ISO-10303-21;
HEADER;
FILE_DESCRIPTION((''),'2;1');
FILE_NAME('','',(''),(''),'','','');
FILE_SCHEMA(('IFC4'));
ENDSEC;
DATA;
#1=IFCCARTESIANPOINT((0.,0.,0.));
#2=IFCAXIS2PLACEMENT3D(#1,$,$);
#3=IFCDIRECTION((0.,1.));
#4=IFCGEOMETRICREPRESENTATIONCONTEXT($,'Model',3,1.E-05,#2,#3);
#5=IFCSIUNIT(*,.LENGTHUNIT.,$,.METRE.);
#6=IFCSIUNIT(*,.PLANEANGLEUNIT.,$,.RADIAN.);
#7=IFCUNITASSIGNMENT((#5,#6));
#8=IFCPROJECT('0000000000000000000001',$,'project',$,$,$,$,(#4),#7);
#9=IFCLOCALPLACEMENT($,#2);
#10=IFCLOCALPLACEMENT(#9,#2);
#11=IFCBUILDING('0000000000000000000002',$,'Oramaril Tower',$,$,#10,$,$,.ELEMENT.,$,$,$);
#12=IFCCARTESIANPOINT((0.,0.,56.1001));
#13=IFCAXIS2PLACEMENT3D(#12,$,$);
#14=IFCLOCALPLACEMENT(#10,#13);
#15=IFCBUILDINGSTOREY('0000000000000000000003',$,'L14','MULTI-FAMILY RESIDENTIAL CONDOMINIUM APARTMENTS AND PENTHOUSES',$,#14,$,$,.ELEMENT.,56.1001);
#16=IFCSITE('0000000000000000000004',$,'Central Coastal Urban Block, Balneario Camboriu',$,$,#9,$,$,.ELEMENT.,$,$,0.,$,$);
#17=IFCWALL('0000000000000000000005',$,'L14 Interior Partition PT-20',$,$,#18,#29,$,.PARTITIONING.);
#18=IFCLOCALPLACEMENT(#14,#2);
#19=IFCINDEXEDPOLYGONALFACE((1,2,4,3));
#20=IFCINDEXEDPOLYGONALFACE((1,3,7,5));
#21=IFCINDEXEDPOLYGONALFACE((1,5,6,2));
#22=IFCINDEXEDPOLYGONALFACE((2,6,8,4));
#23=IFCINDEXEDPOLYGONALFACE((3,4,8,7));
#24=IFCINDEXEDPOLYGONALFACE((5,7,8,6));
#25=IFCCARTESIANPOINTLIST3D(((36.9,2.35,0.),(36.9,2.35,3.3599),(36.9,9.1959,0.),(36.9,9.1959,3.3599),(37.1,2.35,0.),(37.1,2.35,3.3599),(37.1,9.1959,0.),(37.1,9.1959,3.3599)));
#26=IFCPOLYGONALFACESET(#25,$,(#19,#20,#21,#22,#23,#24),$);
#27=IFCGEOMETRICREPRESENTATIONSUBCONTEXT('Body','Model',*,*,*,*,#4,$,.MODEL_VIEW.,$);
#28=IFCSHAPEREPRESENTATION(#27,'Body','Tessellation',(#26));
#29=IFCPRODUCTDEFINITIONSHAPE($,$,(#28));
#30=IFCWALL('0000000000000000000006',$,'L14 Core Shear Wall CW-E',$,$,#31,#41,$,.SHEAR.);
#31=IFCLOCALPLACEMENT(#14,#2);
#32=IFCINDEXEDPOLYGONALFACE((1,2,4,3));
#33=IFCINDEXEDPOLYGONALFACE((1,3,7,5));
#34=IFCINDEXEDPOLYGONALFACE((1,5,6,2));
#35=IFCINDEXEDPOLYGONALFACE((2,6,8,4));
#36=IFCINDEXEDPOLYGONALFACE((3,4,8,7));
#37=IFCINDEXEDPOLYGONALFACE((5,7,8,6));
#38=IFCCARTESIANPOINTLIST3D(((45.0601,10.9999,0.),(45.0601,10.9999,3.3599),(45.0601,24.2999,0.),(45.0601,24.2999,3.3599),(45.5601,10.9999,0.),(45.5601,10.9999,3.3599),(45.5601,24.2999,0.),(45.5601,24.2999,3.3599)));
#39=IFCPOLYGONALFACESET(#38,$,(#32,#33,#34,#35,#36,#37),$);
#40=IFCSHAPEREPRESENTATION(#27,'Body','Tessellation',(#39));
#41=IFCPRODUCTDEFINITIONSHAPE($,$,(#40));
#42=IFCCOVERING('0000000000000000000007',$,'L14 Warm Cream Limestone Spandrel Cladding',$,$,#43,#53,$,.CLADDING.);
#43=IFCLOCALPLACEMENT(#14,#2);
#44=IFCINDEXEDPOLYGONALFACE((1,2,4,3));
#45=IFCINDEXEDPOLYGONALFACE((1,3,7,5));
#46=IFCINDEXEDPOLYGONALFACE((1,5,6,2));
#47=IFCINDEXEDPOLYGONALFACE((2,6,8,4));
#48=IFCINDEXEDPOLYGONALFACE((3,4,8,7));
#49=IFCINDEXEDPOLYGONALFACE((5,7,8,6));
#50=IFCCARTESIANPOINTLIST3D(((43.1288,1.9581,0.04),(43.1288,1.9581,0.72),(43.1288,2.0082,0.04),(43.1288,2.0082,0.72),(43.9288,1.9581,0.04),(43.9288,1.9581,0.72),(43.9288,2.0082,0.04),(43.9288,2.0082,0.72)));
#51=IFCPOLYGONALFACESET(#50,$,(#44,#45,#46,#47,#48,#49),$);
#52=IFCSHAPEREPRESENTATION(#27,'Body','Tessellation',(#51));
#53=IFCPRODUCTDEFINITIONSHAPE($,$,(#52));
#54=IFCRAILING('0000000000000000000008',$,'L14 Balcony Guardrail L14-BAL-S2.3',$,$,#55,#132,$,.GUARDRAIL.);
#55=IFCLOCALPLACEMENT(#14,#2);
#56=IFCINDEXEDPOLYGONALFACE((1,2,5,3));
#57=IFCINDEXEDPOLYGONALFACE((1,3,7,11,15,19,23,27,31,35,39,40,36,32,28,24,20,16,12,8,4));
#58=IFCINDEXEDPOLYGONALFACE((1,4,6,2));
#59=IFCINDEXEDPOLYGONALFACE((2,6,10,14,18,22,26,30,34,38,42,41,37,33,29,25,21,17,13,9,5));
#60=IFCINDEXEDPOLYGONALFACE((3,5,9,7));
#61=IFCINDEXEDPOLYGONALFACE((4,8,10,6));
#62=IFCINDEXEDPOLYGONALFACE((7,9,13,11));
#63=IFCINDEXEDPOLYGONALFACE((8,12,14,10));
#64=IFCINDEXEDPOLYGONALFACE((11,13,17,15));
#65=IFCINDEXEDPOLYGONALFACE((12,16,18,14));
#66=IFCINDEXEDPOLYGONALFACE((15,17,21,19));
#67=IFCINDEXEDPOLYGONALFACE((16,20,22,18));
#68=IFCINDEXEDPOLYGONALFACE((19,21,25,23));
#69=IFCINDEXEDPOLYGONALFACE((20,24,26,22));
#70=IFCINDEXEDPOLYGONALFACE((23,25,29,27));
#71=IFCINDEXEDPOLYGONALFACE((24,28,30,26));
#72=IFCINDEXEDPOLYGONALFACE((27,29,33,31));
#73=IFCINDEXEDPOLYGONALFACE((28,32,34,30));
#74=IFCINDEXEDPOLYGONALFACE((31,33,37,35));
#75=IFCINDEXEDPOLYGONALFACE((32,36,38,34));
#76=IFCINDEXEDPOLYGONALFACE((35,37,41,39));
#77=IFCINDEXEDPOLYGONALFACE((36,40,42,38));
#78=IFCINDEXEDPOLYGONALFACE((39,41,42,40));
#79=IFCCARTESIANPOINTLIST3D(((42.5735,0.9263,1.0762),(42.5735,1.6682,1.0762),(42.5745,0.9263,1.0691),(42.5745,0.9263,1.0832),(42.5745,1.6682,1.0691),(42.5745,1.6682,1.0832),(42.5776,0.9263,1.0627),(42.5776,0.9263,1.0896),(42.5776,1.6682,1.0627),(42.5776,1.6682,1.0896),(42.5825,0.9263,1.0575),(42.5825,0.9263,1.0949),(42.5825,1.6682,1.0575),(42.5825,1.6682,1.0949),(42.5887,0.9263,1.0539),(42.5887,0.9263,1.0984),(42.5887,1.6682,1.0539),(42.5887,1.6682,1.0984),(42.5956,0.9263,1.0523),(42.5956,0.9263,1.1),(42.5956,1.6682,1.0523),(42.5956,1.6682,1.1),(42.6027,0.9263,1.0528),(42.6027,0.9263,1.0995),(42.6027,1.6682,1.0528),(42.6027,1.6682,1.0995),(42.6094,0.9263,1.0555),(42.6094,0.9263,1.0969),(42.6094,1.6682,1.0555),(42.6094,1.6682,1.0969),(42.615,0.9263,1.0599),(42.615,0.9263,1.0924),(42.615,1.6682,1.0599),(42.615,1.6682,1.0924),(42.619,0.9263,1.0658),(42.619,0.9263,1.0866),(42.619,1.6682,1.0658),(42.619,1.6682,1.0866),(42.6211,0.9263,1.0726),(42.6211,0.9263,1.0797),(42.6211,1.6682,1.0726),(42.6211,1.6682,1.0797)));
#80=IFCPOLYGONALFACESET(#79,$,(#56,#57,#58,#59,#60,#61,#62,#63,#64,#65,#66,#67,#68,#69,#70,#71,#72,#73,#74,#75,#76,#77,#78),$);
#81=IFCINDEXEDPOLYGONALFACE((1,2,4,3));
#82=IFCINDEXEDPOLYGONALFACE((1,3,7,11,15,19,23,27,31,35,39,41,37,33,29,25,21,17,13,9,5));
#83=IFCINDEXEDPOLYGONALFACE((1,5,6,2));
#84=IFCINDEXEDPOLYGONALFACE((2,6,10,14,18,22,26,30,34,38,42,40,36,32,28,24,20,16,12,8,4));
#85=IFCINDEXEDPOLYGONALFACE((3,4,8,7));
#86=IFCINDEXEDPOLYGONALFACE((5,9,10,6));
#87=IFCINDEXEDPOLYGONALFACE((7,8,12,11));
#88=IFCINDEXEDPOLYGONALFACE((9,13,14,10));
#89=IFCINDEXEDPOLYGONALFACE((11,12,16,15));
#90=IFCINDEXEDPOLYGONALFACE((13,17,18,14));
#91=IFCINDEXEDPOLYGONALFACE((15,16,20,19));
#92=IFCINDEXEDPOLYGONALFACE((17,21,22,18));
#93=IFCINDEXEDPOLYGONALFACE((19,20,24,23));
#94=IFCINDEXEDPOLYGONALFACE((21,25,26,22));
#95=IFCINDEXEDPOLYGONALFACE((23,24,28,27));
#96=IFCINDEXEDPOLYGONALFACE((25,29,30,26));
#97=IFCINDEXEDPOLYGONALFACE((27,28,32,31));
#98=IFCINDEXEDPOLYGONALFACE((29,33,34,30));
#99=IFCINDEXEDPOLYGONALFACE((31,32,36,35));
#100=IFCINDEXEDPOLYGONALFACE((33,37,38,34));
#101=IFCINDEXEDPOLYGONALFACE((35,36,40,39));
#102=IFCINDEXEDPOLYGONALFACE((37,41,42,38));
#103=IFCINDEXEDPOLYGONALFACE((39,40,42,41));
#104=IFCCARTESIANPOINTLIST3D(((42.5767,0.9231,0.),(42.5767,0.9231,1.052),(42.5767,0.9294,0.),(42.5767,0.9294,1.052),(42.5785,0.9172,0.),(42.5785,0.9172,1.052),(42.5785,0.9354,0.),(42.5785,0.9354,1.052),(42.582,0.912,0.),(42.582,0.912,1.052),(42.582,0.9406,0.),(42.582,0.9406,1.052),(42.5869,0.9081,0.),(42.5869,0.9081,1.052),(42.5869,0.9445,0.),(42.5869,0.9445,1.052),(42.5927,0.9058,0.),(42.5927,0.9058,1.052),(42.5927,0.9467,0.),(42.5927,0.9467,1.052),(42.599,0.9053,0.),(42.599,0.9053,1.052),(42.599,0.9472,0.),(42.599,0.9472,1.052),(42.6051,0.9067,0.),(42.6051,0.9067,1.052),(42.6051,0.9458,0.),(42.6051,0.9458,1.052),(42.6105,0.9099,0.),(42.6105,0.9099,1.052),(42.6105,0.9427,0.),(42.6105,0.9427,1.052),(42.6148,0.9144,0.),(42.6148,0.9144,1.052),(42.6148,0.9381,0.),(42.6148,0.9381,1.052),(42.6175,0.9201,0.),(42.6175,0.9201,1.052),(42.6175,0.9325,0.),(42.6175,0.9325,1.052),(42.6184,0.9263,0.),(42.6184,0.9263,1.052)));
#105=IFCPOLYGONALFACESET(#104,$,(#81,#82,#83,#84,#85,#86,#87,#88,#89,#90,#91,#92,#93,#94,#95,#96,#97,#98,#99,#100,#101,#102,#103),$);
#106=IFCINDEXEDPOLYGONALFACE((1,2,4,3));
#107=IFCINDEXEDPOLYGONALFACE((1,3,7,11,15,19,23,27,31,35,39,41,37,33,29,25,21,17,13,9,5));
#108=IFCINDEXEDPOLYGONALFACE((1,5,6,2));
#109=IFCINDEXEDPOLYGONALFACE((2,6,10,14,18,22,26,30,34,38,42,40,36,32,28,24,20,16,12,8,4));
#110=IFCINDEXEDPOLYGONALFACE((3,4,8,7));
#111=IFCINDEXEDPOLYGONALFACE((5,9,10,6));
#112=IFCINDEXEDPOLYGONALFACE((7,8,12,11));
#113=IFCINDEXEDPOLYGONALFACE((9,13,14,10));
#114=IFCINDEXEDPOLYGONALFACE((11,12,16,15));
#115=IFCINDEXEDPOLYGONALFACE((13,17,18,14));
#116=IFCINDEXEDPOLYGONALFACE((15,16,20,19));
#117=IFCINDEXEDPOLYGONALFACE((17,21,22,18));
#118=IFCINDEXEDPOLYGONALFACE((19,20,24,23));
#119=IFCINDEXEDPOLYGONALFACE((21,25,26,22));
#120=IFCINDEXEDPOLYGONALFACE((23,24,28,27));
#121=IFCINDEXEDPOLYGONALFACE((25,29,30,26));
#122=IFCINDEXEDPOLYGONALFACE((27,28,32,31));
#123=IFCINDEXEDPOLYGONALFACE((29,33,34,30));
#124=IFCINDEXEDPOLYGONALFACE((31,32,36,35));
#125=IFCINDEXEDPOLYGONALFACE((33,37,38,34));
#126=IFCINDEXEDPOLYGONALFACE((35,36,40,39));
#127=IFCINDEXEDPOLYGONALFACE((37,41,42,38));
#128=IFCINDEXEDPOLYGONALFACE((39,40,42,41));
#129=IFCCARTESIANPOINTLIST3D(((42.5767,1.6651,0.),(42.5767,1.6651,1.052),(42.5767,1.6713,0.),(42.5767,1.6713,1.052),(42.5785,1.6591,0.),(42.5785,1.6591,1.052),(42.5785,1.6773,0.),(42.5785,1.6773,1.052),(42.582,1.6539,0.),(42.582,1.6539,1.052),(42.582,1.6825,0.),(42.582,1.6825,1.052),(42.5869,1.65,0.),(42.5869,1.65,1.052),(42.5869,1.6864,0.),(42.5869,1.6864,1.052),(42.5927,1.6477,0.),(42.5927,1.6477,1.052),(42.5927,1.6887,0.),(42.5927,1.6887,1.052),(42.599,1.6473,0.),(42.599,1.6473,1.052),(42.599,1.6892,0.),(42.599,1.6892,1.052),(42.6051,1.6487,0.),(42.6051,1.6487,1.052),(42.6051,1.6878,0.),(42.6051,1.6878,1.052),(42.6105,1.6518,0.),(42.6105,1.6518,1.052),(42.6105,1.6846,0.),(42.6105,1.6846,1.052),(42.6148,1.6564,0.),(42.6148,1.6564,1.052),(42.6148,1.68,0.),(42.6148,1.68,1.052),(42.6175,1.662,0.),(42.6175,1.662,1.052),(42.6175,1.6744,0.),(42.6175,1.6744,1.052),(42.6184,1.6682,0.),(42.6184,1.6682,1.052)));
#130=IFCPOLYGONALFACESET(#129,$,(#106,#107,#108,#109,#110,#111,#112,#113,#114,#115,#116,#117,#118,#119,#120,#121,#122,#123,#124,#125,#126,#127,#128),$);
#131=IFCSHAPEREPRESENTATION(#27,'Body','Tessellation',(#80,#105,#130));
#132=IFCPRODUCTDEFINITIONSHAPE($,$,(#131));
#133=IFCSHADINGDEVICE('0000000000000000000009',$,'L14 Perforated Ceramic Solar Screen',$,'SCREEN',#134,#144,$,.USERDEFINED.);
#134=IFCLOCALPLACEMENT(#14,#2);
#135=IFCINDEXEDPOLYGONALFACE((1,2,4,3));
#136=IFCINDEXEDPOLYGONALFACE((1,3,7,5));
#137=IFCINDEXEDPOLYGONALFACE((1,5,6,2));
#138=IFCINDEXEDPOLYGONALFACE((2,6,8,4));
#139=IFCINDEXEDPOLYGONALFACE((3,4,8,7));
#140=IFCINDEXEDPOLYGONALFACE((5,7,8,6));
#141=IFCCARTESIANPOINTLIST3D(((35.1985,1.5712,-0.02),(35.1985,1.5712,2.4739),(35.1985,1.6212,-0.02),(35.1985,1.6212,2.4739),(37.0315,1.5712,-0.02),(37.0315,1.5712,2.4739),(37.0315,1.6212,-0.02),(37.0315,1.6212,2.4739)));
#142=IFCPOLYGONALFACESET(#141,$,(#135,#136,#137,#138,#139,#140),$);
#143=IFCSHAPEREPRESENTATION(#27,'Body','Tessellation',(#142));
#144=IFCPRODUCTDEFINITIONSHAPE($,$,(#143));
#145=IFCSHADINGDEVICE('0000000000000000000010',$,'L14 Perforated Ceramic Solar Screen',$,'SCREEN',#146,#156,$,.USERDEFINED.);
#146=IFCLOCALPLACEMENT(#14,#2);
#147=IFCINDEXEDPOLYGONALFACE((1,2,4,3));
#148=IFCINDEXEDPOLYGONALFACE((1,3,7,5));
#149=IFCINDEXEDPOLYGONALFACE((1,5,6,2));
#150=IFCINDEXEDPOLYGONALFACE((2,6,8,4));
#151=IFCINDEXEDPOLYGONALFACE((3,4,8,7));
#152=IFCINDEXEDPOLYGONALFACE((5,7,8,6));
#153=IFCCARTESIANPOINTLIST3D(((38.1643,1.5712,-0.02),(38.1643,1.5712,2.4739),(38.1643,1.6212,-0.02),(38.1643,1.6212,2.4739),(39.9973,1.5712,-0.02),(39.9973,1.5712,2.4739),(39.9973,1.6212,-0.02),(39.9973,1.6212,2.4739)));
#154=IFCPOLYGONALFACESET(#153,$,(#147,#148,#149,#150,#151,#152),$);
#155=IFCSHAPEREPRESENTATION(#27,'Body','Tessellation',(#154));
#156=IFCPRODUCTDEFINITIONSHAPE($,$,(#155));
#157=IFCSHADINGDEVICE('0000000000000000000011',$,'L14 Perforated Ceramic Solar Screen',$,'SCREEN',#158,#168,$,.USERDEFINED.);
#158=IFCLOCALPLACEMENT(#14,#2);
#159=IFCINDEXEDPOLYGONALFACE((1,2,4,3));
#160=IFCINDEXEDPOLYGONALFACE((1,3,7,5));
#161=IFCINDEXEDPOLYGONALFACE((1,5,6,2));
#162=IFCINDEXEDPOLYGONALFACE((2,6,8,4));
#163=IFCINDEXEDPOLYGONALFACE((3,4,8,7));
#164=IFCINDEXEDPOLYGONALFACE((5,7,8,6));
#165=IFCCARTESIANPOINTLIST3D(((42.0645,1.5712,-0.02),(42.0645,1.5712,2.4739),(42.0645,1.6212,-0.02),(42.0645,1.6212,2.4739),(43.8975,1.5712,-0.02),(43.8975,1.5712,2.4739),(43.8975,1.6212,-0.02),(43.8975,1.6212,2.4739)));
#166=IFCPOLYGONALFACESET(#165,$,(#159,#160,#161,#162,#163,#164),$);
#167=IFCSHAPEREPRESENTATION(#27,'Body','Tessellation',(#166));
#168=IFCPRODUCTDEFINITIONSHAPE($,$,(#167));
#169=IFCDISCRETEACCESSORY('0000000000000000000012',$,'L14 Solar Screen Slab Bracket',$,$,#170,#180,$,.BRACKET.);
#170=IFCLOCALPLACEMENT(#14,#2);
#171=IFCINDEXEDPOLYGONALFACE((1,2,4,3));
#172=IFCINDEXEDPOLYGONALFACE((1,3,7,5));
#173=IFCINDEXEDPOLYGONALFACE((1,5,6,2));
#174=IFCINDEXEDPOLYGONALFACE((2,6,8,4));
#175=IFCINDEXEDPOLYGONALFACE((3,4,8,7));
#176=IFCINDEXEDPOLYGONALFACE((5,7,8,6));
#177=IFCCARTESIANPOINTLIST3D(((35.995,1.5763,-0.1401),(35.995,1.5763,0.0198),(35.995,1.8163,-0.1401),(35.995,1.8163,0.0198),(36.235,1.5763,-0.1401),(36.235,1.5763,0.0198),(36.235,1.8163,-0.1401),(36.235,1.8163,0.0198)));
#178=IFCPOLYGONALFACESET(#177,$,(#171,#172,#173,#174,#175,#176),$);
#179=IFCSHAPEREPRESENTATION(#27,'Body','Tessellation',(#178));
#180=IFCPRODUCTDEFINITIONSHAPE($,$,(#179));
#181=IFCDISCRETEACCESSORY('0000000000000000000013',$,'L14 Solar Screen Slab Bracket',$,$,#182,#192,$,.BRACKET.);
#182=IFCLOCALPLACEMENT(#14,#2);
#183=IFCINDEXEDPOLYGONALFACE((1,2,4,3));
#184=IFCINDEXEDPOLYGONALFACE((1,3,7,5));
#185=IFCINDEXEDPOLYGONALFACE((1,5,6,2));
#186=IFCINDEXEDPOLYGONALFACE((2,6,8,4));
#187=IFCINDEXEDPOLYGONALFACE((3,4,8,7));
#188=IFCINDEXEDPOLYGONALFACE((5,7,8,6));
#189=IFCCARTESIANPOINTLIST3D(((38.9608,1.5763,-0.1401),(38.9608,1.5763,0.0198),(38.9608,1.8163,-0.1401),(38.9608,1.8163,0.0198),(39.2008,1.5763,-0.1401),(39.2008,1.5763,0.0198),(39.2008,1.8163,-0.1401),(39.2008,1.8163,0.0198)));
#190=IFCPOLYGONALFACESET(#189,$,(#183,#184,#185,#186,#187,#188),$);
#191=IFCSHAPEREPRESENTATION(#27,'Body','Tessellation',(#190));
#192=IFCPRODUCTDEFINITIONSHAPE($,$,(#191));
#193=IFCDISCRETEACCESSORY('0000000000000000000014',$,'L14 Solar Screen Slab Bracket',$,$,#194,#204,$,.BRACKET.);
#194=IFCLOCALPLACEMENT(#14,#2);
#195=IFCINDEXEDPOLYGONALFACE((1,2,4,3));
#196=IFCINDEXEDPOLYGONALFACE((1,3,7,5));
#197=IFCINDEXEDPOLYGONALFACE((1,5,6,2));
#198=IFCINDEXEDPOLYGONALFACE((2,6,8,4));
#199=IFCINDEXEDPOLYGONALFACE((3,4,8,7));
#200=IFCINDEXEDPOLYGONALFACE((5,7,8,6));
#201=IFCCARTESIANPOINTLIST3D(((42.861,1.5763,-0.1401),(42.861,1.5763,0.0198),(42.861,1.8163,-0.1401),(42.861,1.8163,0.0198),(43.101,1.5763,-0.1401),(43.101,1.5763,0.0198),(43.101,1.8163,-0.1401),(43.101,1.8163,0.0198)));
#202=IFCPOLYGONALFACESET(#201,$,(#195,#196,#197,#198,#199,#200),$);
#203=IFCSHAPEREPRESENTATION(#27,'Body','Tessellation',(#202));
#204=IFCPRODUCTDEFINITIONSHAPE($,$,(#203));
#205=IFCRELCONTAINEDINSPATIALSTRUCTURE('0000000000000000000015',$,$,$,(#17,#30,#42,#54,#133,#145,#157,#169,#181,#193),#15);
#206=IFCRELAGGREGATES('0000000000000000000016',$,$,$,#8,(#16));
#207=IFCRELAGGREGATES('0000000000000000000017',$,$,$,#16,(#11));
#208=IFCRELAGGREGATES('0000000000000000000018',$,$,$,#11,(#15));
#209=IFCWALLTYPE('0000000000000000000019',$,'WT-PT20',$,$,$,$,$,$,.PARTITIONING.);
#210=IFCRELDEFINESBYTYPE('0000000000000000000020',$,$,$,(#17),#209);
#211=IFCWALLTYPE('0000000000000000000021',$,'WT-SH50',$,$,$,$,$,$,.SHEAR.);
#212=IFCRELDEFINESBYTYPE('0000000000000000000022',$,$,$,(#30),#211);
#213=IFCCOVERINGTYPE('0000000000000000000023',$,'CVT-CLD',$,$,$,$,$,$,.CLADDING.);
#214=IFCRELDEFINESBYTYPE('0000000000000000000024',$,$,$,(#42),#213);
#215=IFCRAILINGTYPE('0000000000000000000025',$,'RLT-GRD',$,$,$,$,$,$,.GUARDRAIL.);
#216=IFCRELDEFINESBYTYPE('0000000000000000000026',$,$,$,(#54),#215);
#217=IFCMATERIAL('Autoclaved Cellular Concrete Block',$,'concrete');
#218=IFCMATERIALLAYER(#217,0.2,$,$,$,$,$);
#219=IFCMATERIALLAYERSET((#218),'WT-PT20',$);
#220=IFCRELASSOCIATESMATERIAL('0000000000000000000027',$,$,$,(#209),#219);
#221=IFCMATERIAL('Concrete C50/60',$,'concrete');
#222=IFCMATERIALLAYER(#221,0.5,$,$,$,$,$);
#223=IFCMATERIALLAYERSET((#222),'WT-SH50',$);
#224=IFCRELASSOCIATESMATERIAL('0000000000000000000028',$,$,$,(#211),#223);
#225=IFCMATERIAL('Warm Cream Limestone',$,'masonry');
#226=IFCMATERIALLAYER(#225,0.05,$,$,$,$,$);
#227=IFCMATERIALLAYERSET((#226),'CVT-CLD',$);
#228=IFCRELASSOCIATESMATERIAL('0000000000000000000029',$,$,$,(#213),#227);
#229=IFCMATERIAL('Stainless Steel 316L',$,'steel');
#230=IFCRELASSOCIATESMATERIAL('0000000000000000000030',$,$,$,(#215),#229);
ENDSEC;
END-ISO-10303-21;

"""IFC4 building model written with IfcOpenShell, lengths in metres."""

from ifc_helpers import new_model, si_unit, direction, frame, frame_2d, origin, origin_2d, place, context, subcontext, project, spatial, rectangle, circle, extrude, material, layer, layer_set, type_object, element, save


model = new_model("IFC4")

# Units and contexts
model_context = context("Model", 3, precision=1e-05, world=origin(), true_north=direction((0.0, 1.0)))
body_context = subcontext(model_context, "Body", "Model", "MODEL_VIEW")
ifc_project = project(units=[si_unit("LENGTHUNIT", "METRE"), si_unit("PLANEANGLEUNIT", "RADIAN")], contexts=[model_context])

# Site, building, storey
site_placement = place(None, origin())
site = spatial("IfcSite", under=ifc_project, at=site_placement, Name="Central Coastal Urban Block, Balneario Camboriu", CompositionType="ELEMENT", RefElevation=0.0)
building_placement = place(site_placement, origin())
building = spatial("IfcBuilding", under=site, at=building_placement, Name="Oramaril Tower", CompositionType="ELEMENT")
storey_placement = place(building_placement, frame((0.0, 0.0, 56.1001)))
storey = spatial("IfcBuildingStorey", under=building, at=storey_placement, Name="L14", Description="MULTI-FAMILY RESIDENTIAL CONDOMINIUM APARTMENTS AND PENTHOUSES", CompositionType="ELEMENT", Elevation=56.1001)

# Walls
ifc_material_1 = material(Name="Autoclaved Cellular Concrete Block", Category="concrete")
ifc_layer_1 = layer(ifc_material_1, 0.2)
ifc_layer_set_1 = layer_set([ifc_layer_1], Name="WT-PT20")
wall_type_1 = type_object("IfcWallType", Name="WT-PT20", PredefinedType="PARTITIONING", material=ifc_layer_set_1)
wall_1_placement = place(storey_placement, frame((37.0, 2.3501, 0.0), z_axis=(0.0, 0.0, 1.0), x_axis=(0.0, 1.0, 0.0)))
element("IfcWall", 1, at=wall_1_placement, inside=storey, type_object=wall_type_1, Name="L14 Interior Partition PT-20", PredefinedType="PARTITIONING", context=body_context, shape_type="SweptSolid", body=[
    extrude(rectangle(XDim=6.8459, YDim=0.2, at=frame_2d((3.4229, 0.0))), origin(), (0.0, 0.0, 1.0), 3.3599),
])
ifc_material_2 = material(Name="Concrete C50/60", Category="concrete")
ifc_layer_2 = layer(ifc_material_2, 0.5)
ifc_layer_set_2 = layer_set([ifc_layer_2], Name="WT-SH50")
wall_type_2 = type_object("IfcWallType", Name="WT-SH50", PredefinedType="SHEAR", material=ifc_layer_set_2)
wall_2_placement = place(storey_placement, frame((45.3101, 11.0, 0.0), z_axis=(0.0, 0.0, 1.0), x_axis=(0.0, 1.0, 0.0)))
element("IfcWall", 2, at=wall_2_placement, inside=storey, type_object=wall_type_2, Name="L14 Core Shear Wall CW-E", PredefinedType="SHEAR", context=body_context, shape_type="SweptSolid", body=[
    extrude(rectangle(XDim=13.3, YDim=0.5, at=frame_2d((6.6499, 0.0))), origin(), (0.0, 0.0, 1.0), 3.3599),
])

# Covering
ifc_material_3 = material(Name="Warm Cream Limestone", Category="masonry")
ifc_layer_3 = layer(ifc_material_3, 0.05)
ifc_layer_set_3 = layer_set([ifc_layer_3], Name="CVT-CLD")
covering_type = type_object("IfcCoveringType", Name="CVT-CLD", PredefinedType="CLADDING", material=ifc_layer_set_3)
covering_placement = place(storey_placement, frame((43.5288, 1.9832, 0.04), z_axis=(0.0, 0.0, 1.0), x_axis=(1.0, 0.0, 0.0)))
element("IfcCovering", 3, at=covering_placement, inside=storey, type_object=covering_type, Name="L14 Warm Cream Limestone Spandrel Cladding", PredefinedType="CLADDING", context=body_context, shape_type="SweptSolid", body=[
    extrude(rectangle(XDim=0.8, YDim=0.05, at=origin_2d()), origin(), (0.0, 0.0, 1.0), 0.6799),
])

# Railing
ifc_material_4 = material(Name="Stainless Steel 316L", Category="steel")
railing_type = type_object("IfcRailingType", Name="RLT-GRD", PredefinedType="GUARDRAIL", material=ifc_material_4)
railing_placement = place(storey_placement, frame((42.5974, 0.9263, 0.0)))
element("IfcRailing", 4, at=railing_placement, inside=storey, type_object=railing_type, Name="L14 Balcony Guardrail L14-BAL-S2.3", PredefinedType="GUARDRAIL", context=body_context, shape_type="SweptSolid", body=[
    extrude(circle(Radius=0.0239, at=origin_2d()), frame((0.0, 0.0, 1.0762), z_axis=(0.0, 1.0, 0.0), x_axis=(-1.0, 0.0, 0.0)), (0.0, 0.0, 1.0), 0.7419),
    extrude(circle(Radius=0.021, at=origin_2d()), origin(), (0.0, 0.0, 1.0), 1.052),
    extrude(circle(Radius=0.021, at=origin_2d()), frame((0.0, 0.7419, 0.0)), (0.0, 0.0, 1.0), 1.052),
])

# Shading devices
for number, where, z_axis, x_axis, name in (
    (5, (36.115, 1.5962, -0.02), (0.0, 0.0, 1.0), (1.0, 0.0, 0.0), "L14 Perforated Ceramic Solar Screen"),
    (6, (39.0808, 1.5962, -0.02), (0.0, 0.0, 1.0), (1.0, 0.0, 0.0), "L14 Perforated Ceramic Solar Screen"),
    (7, (42.981, 1.5962, -0.02), (0.0, 0.0, 1.0), (1.0, 0.0, 0.0), "L14 Perforated Ceramic Solar Screen"),
):
    element("IfcShadingDevice", number, at=place(storey_placement, frame(where, z_axis=z_axis, x_axis=x_axis)), inside=storey, Name=name, ObjectType="SCREEN", PredefinedType="USERDEFINED", context=body_context, shape_type="SweptSolid", body=[
        extrude(rectangle(XDim=1.833, YDim=0.05, at=origin_2d()), origin(), (0.0, 0.0, 1.0), 2.4939),
    ])

# Discrete accessories
for number, where, z_axis, x_axis, name in (
    (8, (36.115, 1.6963, -0.1401), (0.0, 0.0, 1.0), (1.0, 0.0, 0.0), "L14 Solar Screen Slab Bracket"),
    (9, (39.0808, 1.6963, -0.1401), (0.0, 0.0, 1.0), (1.0, 0.0, 0.0), "L14 Solar Screen Slab Bracket"),
    (10, (42.981, 1.6963, -0.1401), (0.0, 0.0, 1.0), (1.0, 0.0, 0.0), "L14 Solar Screen Slab Bracket"),
):
    element("IfcDiscreteAccessory", number, at=place(storey_placement, frame(where, z_axis=z_axis, x_axis=x_axis)), inside=storey, Name=name, PredefinedType="BRACKET", context=body_context, shape_type="SweptSolid", body=[
        extrude(rectangle(XDim=0.24, YDim=0.24, at=origin_2d()), origin(), (0.0, 0.0, 1.0), 0.1599),
    ])

save(model, "model.ifc")
